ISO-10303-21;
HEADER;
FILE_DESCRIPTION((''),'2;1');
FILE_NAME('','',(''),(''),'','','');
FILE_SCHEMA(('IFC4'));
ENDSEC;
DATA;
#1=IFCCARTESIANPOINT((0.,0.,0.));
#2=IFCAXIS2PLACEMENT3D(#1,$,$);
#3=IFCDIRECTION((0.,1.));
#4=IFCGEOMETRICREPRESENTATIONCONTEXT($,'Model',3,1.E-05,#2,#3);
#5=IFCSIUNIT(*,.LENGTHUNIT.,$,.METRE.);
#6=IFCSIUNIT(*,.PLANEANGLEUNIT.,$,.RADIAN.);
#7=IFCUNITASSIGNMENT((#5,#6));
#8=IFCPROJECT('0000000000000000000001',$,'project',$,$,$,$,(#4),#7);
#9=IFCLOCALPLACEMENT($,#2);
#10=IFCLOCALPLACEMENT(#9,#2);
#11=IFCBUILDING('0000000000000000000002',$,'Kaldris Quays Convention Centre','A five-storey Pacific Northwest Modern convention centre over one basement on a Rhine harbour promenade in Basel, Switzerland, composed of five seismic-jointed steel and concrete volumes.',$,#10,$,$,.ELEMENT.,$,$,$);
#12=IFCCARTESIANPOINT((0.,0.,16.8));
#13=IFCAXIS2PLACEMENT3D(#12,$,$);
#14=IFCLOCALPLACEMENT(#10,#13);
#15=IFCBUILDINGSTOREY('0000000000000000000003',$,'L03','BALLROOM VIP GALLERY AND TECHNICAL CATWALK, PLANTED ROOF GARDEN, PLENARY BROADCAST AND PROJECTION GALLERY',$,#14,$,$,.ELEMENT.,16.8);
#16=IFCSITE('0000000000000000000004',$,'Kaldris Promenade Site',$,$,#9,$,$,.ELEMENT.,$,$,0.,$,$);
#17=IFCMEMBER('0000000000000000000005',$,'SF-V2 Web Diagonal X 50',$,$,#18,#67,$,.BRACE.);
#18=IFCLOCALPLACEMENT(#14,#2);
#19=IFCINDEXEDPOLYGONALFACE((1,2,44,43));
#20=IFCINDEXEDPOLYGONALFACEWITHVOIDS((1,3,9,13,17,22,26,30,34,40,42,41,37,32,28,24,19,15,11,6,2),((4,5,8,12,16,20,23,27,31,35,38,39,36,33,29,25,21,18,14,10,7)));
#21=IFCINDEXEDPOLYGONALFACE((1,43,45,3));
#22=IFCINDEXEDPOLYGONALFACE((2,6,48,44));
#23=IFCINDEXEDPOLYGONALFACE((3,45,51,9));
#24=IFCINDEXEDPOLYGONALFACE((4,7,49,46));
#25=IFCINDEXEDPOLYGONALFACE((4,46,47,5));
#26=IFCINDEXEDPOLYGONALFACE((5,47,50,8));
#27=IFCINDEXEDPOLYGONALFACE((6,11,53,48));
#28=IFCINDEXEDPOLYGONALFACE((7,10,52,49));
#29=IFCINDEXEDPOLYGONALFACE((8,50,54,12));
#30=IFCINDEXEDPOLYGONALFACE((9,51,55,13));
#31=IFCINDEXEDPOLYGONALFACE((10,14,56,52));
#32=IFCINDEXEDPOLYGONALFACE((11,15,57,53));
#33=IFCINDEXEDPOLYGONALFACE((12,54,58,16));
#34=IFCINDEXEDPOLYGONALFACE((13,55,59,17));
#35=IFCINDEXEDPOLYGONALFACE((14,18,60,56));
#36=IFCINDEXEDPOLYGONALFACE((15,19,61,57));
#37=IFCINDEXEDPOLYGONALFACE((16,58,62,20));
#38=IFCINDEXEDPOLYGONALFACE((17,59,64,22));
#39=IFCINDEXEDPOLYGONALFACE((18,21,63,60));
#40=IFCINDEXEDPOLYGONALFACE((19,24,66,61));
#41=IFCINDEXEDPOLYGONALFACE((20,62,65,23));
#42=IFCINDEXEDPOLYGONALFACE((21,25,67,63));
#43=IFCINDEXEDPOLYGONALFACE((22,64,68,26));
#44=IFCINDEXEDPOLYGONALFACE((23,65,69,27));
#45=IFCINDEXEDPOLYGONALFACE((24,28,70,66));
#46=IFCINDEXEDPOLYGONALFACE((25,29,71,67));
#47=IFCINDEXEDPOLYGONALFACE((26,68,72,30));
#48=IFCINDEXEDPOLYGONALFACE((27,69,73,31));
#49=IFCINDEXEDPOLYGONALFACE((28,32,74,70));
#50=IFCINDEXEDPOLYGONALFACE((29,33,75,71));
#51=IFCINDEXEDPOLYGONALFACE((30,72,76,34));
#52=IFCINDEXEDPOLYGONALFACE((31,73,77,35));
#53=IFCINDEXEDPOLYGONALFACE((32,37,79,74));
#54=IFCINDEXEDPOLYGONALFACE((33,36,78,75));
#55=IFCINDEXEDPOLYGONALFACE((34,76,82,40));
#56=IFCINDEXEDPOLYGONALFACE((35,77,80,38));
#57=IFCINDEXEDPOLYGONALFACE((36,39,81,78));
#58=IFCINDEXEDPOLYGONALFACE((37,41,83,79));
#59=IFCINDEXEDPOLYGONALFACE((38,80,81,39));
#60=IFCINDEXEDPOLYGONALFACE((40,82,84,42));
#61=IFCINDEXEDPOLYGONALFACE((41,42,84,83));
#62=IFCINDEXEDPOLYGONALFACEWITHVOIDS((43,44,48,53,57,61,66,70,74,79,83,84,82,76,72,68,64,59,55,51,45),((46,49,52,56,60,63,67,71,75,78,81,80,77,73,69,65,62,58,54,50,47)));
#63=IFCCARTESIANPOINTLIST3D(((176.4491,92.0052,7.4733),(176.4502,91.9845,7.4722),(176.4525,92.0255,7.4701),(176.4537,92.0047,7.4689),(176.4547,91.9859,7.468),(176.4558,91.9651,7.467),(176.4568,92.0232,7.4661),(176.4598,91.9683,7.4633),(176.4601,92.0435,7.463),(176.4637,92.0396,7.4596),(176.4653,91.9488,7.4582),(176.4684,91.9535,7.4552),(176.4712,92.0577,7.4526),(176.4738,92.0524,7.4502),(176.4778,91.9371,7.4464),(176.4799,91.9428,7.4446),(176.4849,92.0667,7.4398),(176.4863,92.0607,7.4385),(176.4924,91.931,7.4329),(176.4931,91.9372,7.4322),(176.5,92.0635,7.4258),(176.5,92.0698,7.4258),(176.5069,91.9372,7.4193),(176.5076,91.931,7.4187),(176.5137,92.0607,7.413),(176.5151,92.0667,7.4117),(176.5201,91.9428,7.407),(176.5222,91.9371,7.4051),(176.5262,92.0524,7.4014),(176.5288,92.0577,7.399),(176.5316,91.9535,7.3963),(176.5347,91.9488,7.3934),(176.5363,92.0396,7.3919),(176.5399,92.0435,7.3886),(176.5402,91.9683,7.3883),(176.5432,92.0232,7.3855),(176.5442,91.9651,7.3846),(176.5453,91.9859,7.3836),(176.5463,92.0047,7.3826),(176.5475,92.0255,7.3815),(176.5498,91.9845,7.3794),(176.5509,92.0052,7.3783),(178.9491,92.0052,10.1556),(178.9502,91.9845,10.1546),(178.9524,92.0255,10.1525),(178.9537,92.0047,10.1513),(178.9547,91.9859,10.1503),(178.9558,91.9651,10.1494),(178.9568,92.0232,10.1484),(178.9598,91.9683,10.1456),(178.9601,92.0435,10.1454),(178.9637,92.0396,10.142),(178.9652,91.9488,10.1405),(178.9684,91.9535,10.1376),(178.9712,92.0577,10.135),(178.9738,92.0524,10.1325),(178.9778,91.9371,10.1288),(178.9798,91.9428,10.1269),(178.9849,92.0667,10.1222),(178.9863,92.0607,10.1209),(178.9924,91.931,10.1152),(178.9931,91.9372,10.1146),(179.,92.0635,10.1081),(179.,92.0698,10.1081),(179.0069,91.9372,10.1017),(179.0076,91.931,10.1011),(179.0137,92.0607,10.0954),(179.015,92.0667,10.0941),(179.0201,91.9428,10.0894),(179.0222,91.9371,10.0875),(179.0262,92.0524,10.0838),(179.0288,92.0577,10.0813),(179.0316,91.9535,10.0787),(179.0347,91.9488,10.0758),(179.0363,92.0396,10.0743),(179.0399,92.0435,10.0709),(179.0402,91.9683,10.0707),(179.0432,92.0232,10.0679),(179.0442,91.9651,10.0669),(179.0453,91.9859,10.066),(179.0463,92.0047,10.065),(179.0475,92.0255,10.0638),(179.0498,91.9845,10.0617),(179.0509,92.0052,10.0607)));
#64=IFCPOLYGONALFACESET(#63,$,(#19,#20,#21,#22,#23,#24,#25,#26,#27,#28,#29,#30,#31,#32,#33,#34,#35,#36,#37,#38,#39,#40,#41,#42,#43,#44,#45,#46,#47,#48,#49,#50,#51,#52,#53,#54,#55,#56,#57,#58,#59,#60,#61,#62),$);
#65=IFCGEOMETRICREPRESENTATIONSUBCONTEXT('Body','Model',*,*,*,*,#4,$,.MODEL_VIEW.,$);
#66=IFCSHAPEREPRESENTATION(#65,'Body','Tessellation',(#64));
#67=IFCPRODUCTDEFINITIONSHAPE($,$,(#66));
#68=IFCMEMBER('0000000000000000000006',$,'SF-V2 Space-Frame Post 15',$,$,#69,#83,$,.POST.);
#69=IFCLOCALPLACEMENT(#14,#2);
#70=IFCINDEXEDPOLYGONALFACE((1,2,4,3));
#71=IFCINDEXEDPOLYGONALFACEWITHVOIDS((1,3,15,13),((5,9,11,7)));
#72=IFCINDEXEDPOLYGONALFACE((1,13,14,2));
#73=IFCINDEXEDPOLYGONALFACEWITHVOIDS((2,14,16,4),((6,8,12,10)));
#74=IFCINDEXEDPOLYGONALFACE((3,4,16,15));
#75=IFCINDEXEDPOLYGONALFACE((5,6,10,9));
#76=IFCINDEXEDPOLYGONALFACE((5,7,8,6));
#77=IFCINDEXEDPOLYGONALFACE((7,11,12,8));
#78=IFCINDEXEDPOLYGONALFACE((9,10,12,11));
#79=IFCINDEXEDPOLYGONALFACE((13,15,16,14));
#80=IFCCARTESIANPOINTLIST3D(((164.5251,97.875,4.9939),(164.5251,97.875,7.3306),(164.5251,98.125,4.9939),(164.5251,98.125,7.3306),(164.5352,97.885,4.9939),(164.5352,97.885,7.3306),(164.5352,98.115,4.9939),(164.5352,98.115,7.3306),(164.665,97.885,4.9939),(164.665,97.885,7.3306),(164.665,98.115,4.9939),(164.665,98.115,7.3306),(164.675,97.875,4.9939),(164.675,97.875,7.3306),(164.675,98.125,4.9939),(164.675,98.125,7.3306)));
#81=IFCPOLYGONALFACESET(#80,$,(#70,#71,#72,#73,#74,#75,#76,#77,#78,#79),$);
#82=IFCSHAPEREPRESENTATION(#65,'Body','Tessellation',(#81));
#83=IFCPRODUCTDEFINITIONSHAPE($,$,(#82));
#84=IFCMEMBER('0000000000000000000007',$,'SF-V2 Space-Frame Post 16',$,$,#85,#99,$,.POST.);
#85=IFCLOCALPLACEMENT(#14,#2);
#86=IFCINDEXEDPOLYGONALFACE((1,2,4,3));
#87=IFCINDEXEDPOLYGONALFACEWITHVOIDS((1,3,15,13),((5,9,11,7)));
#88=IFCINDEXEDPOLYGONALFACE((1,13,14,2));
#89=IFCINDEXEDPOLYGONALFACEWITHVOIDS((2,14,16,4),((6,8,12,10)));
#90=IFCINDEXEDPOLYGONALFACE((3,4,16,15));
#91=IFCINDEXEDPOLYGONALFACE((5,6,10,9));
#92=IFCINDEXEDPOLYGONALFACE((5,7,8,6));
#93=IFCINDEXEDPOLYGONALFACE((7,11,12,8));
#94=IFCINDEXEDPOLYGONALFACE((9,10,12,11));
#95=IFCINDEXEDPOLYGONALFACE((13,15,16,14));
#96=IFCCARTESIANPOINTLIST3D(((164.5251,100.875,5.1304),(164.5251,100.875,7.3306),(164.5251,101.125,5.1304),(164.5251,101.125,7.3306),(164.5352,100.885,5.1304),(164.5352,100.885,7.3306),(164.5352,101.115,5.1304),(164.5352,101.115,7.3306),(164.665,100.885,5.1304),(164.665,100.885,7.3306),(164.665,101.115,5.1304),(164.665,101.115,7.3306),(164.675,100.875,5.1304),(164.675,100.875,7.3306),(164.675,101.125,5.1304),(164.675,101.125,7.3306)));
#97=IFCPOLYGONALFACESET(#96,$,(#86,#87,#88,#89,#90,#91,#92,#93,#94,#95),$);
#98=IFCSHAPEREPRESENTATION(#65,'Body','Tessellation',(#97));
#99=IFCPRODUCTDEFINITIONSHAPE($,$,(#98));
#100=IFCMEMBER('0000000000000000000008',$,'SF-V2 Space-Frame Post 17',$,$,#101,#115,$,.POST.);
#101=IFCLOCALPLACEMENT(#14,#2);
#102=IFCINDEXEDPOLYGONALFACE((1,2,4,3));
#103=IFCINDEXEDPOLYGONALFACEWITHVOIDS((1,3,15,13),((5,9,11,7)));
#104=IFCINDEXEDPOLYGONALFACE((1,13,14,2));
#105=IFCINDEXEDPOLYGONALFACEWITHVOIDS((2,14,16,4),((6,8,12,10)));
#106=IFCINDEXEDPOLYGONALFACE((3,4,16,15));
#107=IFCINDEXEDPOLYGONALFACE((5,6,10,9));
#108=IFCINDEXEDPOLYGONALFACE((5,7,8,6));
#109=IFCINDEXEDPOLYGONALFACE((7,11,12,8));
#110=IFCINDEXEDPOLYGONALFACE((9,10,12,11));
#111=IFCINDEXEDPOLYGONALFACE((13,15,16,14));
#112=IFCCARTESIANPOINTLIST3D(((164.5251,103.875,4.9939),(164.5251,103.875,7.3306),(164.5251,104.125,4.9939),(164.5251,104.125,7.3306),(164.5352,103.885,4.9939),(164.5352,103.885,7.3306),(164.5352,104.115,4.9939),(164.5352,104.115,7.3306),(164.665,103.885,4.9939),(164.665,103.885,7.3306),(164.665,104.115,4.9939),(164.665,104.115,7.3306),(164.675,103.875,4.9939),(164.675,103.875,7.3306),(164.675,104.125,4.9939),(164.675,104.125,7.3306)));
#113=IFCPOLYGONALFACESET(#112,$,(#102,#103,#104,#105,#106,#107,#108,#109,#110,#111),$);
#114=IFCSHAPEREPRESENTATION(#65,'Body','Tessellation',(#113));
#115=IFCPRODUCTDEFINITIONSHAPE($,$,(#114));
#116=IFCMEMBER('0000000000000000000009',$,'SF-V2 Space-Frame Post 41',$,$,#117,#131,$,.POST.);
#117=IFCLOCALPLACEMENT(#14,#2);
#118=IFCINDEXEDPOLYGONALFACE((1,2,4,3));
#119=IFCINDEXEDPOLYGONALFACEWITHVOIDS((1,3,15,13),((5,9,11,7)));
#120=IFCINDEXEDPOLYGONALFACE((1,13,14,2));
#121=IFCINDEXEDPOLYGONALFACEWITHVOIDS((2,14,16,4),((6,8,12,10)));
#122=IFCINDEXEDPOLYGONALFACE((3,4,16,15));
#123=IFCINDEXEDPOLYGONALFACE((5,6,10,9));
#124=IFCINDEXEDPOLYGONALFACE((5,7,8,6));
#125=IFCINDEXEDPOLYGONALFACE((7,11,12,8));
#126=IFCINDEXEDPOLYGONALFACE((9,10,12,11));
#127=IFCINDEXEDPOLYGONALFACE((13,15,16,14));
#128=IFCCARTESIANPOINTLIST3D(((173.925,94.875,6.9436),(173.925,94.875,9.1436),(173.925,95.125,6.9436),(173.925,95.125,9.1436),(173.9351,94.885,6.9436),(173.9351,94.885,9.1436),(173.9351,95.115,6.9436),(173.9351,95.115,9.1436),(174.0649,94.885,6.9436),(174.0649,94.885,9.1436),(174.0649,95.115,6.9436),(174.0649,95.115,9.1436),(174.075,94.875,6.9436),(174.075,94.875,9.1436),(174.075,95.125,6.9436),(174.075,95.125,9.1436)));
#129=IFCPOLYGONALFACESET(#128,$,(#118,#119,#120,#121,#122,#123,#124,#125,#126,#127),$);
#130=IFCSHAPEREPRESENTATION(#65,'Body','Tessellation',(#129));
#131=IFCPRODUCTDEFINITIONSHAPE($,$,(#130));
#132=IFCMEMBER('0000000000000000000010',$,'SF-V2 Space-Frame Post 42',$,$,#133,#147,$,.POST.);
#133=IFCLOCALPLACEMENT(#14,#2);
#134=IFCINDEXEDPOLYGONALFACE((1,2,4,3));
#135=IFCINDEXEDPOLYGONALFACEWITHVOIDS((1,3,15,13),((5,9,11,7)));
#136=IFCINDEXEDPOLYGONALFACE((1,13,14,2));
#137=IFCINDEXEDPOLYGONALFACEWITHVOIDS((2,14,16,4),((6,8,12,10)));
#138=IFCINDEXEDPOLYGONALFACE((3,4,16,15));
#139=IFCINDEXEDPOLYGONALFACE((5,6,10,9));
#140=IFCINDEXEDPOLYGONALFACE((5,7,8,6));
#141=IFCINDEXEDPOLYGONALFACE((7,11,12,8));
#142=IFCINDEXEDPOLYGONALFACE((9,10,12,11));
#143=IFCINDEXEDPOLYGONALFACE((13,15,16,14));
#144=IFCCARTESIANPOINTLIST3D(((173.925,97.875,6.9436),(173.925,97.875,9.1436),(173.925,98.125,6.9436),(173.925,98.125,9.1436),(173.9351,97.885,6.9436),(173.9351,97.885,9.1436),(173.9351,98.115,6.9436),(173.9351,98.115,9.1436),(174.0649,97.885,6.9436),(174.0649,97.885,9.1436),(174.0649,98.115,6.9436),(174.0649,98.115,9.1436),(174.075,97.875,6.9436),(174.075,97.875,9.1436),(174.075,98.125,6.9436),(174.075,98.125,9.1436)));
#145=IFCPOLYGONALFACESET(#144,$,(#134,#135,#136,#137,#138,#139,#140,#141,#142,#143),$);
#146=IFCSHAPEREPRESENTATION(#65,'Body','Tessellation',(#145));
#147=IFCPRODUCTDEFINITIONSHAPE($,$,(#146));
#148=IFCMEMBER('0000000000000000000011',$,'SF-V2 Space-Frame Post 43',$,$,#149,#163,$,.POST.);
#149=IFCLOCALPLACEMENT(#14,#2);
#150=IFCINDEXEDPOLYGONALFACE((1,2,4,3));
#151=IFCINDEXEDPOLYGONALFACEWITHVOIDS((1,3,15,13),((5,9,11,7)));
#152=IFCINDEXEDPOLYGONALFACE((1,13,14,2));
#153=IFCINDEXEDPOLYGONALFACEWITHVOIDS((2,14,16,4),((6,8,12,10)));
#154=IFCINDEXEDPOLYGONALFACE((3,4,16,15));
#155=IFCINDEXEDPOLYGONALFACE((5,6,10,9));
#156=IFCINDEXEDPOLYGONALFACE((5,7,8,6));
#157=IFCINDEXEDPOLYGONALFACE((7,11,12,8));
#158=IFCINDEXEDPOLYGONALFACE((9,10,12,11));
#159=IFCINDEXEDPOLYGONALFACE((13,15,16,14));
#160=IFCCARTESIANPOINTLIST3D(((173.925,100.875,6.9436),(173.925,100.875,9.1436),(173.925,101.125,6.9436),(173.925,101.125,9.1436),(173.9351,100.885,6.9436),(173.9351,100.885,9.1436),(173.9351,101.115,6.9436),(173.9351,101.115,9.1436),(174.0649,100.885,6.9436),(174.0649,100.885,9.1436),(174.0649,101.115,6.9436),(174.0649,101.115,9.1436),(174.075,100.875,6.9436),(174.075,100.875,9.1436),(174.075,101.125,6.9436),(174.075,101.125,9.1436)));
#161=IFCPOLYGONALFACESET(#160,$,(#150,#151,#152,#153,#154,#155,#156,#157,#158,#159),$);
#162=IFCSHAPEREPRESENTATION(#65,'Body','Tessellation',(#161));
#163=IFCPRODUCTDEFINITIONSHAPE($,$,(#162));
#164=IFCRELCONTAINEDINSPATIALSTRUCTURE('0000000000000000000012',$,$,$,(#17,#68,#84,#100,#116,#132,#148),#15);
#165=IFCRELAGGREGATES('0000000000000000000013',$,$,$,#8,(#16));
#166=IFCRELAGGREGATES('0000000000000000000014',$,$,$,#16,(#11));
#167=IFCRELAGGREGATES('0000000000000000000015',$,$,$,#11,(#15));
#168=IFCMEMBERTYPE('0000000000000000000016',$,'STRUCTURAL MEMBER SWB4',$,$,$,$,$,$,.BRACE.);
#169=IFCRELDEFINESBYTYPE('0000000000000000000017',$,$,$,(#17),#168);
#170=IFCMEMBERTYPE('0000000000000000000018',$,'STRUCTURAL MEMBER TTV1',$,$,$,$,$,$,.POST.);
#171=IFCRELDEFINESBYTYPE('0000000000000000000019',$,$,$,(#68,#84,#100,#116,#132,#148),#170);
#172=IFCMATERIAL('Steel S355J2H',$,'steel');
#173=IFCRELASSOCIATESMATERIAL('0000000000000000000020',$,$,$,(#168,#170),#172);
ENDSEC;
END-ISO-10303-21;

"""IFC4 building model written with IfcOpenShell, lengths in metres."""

from ifc_helpers import new_model, si_unit, direction, frame, origin, origin_2d, place, context, subcontext, project, spatial, hollow_rectangle, hollow_circle, extrude, material, material_profile, profile_set, type_object, element, save


model = new_model("IFC4")

# Units and contexts
model_context = context("Model", 3, precision=1e-05, world=origin(), true_north=direction((0.0, 1.0)))
body_context = subcontext(model_context, "Body", "Model", "MODEL_VIEW")
ifc_project = project(units=[si_unit("LENGTHUNIT", "METRE"), si_unit("PLANEANGLEUNIT", "RADIAN")], contexts=[model_context])

# Site, building, storey
site_placement = place(None, origin())
site = spatial("IfcSite", under=ifc_project, at=site_placement, Name="Kaldris Promenade Site", CompositionType="ELEMENT", RefElevation=0.0)
building_placement = place(site_placement, origin())
building = spatial("IfcBuilding", under=site, at=building_placement, Name="Kaldris Quays Convention Centre", Description="A five-storey Pacific Northwest Modern convention centre over one basement on a Rhine harbour promenade in Basel, Switzerland, composed of five seismic-jointed steel and concrete volumes.", CompositionType="ELEMENT")
storey_placement = place(building_placement, frame((0.0, 0.0, 16.8)))
storey = spatial("IfcBuildingStorey", under=building, at=storey_placement, Name="L03", Description="BALLROOM VIP GALLERY AND TECHNICAL CATWALK, PLANTED ROOF GARDEN, PLENARY BROADCAST AND PROJECTION GALLERY", CompositionType="ELEMENT", Elevation=16.8)

# Members
ifc_material_1 = material(Name="Steel S355J2H", Category="steel")
ifc_material_profile_1 = material_profile(ifc_material_1, hollow_circle(Radius=0.0698, WallThickness=0.0063, at=origin_2d()), Name="CHS 139.7x6.3")
ifc_profile_set_1 = profile_set([ifc_material_profile_1], Name="Steel S355J2H")
member_type_1 = type_object("IfcMemberType", Name="STRUCTURAL MEMBER SWB4", PredefinedType="BRACE", material=ifc_profile_set_1)
member_1_placement = place(storey_placement, frame((176.5, 92.0, 7.4258), z_axis=(0.681801, 0.0, 0.731538), x_axis=(0.0, 1.0, 0.0)))
element("IfcMember", 1, at=member_1_placement, inside=storey, type_object=member_type_1, Name="SF-V2 Web Diagonal X 50", PredefinedType="BRACE", context=body_context, shape_type="SweptSolid", body=[
    extrude(hollow_circle(Radius=0.0698, WallThickness=0.0063, at=origin_2d()), origin(), (0.0, 0.0, 1.0), 3.6667),
])
ifc_material_profile_2 = material_profile(ifc_material_1, hollow_rectangle(XDim=0.1499, YDim=0.25, WallThickness=0.01, at=origin_2d()), Name="RHS 250x150x10")
ifc_profile_set_2 = profile_set([ifc_material_profile_2], Name="Steel S355J2H")
member_type_2 = type_object("IfcMemberType", Name="STRUCTURAL MEMBER TTV1", PredefinedType="POST", material=ifc_profile_set_2)
member_2_placement = place(storey_placement, frame((164.6001, 98.0, 4.9939), z_axis=(0.0, 0.0, 1.0), x_axis=(1.0, 0.0, 0.0)))
element("IfcMember", 2, at=member_2_placement, inside=storey, type_object=member_type_2, Name="SF-V2 Space-Frame Post 15", PredefinedType="POST", context=body_context, shape_type="SweptSolid", body=[
    extrude(hollow_rectangle(XDim=0.1499, YDim=0.25, WallThickness=0.01, at=origin_2d()), origin(), (0.0, 0.0, 1.0), 2.3367),
])
member_3_placement = place(storey_placement, frame((164.6001, 101.0, 5.1304), z_axis=(0.0, 0.0, 1.0), x_axis=(1.0, 0.0, 0.0)))
element("IfcMember", 3, at=member_3_placement, inside=storey, type_object=member_type_2, Name="SF-V2 Space-Frame Post 16", PredefinedType="POST", context=body_context, shape_type="SweptSolid", body=[
    extrude(hollow_rectangle(XDim=0.1499, YDim=0.25, WallThickness=0.01, at=origin_2d()), origin(), (0.0, 0.0, 1.0), 2.2002),
])
member_4_placement = place(storey_placement, frame((164.6001, 104.0, 4.9939), z_axis=(0.0, 0.0, 1.0), x_axis=(1.0, 0.0, 0.0)))
element("IfcMember", 4, at=member_4_placement, inside=storey, type_object=member_type_2, Name="SF-V2 Space-Frame Post 17", PredefinedType="POST", context=body_context, shape_type="SweptSolid", body=[
    extrude(hollow_rectangle(XDim=0.1499, YDim=0.25, WallThickness=0.01, at=origin_2d()), origin(), (0.0, 0.0, 1.0), 2.3367),
])
for number, where, z_axis, x_axis, name in (
    (5, (174.0, 95.0, 6.9436), (0.0, 0.0, 1.0), (1.0, 0.0, 0.0), "SF-V2 Space-Frame Post 41"),
    (6, (174.0, 98.0, 6.9436), (0.0, 0.0, 1.0), (1.0, 0.0, 0.0), "SF-V2 Space-Frame Post 42"),
    (7, (174.0, 101.0, 6.9436), (0.0, 0.0, 1.0), (1.0, 0.0, 0.0), "SF-V2 Space-Frame Post 43"),
):
    element("IfcMember", number, at=place(storey_placement, frame(where, z_axis=z_axis, x_axis=x_axis)), inside=storey, type_object=member_type_2, Name=name, PredefinedType="POST", context=body_context, shape_type="SweptSolid", body=[
        extrude(hollow_rectangle(XDim=0.1499, YDim=0.25, WallThickness=0.01, at=origin_2d()), origin(), (0.0, 0.0, 1.0), 2.2),
    ])

save(model, "model.ifc")
